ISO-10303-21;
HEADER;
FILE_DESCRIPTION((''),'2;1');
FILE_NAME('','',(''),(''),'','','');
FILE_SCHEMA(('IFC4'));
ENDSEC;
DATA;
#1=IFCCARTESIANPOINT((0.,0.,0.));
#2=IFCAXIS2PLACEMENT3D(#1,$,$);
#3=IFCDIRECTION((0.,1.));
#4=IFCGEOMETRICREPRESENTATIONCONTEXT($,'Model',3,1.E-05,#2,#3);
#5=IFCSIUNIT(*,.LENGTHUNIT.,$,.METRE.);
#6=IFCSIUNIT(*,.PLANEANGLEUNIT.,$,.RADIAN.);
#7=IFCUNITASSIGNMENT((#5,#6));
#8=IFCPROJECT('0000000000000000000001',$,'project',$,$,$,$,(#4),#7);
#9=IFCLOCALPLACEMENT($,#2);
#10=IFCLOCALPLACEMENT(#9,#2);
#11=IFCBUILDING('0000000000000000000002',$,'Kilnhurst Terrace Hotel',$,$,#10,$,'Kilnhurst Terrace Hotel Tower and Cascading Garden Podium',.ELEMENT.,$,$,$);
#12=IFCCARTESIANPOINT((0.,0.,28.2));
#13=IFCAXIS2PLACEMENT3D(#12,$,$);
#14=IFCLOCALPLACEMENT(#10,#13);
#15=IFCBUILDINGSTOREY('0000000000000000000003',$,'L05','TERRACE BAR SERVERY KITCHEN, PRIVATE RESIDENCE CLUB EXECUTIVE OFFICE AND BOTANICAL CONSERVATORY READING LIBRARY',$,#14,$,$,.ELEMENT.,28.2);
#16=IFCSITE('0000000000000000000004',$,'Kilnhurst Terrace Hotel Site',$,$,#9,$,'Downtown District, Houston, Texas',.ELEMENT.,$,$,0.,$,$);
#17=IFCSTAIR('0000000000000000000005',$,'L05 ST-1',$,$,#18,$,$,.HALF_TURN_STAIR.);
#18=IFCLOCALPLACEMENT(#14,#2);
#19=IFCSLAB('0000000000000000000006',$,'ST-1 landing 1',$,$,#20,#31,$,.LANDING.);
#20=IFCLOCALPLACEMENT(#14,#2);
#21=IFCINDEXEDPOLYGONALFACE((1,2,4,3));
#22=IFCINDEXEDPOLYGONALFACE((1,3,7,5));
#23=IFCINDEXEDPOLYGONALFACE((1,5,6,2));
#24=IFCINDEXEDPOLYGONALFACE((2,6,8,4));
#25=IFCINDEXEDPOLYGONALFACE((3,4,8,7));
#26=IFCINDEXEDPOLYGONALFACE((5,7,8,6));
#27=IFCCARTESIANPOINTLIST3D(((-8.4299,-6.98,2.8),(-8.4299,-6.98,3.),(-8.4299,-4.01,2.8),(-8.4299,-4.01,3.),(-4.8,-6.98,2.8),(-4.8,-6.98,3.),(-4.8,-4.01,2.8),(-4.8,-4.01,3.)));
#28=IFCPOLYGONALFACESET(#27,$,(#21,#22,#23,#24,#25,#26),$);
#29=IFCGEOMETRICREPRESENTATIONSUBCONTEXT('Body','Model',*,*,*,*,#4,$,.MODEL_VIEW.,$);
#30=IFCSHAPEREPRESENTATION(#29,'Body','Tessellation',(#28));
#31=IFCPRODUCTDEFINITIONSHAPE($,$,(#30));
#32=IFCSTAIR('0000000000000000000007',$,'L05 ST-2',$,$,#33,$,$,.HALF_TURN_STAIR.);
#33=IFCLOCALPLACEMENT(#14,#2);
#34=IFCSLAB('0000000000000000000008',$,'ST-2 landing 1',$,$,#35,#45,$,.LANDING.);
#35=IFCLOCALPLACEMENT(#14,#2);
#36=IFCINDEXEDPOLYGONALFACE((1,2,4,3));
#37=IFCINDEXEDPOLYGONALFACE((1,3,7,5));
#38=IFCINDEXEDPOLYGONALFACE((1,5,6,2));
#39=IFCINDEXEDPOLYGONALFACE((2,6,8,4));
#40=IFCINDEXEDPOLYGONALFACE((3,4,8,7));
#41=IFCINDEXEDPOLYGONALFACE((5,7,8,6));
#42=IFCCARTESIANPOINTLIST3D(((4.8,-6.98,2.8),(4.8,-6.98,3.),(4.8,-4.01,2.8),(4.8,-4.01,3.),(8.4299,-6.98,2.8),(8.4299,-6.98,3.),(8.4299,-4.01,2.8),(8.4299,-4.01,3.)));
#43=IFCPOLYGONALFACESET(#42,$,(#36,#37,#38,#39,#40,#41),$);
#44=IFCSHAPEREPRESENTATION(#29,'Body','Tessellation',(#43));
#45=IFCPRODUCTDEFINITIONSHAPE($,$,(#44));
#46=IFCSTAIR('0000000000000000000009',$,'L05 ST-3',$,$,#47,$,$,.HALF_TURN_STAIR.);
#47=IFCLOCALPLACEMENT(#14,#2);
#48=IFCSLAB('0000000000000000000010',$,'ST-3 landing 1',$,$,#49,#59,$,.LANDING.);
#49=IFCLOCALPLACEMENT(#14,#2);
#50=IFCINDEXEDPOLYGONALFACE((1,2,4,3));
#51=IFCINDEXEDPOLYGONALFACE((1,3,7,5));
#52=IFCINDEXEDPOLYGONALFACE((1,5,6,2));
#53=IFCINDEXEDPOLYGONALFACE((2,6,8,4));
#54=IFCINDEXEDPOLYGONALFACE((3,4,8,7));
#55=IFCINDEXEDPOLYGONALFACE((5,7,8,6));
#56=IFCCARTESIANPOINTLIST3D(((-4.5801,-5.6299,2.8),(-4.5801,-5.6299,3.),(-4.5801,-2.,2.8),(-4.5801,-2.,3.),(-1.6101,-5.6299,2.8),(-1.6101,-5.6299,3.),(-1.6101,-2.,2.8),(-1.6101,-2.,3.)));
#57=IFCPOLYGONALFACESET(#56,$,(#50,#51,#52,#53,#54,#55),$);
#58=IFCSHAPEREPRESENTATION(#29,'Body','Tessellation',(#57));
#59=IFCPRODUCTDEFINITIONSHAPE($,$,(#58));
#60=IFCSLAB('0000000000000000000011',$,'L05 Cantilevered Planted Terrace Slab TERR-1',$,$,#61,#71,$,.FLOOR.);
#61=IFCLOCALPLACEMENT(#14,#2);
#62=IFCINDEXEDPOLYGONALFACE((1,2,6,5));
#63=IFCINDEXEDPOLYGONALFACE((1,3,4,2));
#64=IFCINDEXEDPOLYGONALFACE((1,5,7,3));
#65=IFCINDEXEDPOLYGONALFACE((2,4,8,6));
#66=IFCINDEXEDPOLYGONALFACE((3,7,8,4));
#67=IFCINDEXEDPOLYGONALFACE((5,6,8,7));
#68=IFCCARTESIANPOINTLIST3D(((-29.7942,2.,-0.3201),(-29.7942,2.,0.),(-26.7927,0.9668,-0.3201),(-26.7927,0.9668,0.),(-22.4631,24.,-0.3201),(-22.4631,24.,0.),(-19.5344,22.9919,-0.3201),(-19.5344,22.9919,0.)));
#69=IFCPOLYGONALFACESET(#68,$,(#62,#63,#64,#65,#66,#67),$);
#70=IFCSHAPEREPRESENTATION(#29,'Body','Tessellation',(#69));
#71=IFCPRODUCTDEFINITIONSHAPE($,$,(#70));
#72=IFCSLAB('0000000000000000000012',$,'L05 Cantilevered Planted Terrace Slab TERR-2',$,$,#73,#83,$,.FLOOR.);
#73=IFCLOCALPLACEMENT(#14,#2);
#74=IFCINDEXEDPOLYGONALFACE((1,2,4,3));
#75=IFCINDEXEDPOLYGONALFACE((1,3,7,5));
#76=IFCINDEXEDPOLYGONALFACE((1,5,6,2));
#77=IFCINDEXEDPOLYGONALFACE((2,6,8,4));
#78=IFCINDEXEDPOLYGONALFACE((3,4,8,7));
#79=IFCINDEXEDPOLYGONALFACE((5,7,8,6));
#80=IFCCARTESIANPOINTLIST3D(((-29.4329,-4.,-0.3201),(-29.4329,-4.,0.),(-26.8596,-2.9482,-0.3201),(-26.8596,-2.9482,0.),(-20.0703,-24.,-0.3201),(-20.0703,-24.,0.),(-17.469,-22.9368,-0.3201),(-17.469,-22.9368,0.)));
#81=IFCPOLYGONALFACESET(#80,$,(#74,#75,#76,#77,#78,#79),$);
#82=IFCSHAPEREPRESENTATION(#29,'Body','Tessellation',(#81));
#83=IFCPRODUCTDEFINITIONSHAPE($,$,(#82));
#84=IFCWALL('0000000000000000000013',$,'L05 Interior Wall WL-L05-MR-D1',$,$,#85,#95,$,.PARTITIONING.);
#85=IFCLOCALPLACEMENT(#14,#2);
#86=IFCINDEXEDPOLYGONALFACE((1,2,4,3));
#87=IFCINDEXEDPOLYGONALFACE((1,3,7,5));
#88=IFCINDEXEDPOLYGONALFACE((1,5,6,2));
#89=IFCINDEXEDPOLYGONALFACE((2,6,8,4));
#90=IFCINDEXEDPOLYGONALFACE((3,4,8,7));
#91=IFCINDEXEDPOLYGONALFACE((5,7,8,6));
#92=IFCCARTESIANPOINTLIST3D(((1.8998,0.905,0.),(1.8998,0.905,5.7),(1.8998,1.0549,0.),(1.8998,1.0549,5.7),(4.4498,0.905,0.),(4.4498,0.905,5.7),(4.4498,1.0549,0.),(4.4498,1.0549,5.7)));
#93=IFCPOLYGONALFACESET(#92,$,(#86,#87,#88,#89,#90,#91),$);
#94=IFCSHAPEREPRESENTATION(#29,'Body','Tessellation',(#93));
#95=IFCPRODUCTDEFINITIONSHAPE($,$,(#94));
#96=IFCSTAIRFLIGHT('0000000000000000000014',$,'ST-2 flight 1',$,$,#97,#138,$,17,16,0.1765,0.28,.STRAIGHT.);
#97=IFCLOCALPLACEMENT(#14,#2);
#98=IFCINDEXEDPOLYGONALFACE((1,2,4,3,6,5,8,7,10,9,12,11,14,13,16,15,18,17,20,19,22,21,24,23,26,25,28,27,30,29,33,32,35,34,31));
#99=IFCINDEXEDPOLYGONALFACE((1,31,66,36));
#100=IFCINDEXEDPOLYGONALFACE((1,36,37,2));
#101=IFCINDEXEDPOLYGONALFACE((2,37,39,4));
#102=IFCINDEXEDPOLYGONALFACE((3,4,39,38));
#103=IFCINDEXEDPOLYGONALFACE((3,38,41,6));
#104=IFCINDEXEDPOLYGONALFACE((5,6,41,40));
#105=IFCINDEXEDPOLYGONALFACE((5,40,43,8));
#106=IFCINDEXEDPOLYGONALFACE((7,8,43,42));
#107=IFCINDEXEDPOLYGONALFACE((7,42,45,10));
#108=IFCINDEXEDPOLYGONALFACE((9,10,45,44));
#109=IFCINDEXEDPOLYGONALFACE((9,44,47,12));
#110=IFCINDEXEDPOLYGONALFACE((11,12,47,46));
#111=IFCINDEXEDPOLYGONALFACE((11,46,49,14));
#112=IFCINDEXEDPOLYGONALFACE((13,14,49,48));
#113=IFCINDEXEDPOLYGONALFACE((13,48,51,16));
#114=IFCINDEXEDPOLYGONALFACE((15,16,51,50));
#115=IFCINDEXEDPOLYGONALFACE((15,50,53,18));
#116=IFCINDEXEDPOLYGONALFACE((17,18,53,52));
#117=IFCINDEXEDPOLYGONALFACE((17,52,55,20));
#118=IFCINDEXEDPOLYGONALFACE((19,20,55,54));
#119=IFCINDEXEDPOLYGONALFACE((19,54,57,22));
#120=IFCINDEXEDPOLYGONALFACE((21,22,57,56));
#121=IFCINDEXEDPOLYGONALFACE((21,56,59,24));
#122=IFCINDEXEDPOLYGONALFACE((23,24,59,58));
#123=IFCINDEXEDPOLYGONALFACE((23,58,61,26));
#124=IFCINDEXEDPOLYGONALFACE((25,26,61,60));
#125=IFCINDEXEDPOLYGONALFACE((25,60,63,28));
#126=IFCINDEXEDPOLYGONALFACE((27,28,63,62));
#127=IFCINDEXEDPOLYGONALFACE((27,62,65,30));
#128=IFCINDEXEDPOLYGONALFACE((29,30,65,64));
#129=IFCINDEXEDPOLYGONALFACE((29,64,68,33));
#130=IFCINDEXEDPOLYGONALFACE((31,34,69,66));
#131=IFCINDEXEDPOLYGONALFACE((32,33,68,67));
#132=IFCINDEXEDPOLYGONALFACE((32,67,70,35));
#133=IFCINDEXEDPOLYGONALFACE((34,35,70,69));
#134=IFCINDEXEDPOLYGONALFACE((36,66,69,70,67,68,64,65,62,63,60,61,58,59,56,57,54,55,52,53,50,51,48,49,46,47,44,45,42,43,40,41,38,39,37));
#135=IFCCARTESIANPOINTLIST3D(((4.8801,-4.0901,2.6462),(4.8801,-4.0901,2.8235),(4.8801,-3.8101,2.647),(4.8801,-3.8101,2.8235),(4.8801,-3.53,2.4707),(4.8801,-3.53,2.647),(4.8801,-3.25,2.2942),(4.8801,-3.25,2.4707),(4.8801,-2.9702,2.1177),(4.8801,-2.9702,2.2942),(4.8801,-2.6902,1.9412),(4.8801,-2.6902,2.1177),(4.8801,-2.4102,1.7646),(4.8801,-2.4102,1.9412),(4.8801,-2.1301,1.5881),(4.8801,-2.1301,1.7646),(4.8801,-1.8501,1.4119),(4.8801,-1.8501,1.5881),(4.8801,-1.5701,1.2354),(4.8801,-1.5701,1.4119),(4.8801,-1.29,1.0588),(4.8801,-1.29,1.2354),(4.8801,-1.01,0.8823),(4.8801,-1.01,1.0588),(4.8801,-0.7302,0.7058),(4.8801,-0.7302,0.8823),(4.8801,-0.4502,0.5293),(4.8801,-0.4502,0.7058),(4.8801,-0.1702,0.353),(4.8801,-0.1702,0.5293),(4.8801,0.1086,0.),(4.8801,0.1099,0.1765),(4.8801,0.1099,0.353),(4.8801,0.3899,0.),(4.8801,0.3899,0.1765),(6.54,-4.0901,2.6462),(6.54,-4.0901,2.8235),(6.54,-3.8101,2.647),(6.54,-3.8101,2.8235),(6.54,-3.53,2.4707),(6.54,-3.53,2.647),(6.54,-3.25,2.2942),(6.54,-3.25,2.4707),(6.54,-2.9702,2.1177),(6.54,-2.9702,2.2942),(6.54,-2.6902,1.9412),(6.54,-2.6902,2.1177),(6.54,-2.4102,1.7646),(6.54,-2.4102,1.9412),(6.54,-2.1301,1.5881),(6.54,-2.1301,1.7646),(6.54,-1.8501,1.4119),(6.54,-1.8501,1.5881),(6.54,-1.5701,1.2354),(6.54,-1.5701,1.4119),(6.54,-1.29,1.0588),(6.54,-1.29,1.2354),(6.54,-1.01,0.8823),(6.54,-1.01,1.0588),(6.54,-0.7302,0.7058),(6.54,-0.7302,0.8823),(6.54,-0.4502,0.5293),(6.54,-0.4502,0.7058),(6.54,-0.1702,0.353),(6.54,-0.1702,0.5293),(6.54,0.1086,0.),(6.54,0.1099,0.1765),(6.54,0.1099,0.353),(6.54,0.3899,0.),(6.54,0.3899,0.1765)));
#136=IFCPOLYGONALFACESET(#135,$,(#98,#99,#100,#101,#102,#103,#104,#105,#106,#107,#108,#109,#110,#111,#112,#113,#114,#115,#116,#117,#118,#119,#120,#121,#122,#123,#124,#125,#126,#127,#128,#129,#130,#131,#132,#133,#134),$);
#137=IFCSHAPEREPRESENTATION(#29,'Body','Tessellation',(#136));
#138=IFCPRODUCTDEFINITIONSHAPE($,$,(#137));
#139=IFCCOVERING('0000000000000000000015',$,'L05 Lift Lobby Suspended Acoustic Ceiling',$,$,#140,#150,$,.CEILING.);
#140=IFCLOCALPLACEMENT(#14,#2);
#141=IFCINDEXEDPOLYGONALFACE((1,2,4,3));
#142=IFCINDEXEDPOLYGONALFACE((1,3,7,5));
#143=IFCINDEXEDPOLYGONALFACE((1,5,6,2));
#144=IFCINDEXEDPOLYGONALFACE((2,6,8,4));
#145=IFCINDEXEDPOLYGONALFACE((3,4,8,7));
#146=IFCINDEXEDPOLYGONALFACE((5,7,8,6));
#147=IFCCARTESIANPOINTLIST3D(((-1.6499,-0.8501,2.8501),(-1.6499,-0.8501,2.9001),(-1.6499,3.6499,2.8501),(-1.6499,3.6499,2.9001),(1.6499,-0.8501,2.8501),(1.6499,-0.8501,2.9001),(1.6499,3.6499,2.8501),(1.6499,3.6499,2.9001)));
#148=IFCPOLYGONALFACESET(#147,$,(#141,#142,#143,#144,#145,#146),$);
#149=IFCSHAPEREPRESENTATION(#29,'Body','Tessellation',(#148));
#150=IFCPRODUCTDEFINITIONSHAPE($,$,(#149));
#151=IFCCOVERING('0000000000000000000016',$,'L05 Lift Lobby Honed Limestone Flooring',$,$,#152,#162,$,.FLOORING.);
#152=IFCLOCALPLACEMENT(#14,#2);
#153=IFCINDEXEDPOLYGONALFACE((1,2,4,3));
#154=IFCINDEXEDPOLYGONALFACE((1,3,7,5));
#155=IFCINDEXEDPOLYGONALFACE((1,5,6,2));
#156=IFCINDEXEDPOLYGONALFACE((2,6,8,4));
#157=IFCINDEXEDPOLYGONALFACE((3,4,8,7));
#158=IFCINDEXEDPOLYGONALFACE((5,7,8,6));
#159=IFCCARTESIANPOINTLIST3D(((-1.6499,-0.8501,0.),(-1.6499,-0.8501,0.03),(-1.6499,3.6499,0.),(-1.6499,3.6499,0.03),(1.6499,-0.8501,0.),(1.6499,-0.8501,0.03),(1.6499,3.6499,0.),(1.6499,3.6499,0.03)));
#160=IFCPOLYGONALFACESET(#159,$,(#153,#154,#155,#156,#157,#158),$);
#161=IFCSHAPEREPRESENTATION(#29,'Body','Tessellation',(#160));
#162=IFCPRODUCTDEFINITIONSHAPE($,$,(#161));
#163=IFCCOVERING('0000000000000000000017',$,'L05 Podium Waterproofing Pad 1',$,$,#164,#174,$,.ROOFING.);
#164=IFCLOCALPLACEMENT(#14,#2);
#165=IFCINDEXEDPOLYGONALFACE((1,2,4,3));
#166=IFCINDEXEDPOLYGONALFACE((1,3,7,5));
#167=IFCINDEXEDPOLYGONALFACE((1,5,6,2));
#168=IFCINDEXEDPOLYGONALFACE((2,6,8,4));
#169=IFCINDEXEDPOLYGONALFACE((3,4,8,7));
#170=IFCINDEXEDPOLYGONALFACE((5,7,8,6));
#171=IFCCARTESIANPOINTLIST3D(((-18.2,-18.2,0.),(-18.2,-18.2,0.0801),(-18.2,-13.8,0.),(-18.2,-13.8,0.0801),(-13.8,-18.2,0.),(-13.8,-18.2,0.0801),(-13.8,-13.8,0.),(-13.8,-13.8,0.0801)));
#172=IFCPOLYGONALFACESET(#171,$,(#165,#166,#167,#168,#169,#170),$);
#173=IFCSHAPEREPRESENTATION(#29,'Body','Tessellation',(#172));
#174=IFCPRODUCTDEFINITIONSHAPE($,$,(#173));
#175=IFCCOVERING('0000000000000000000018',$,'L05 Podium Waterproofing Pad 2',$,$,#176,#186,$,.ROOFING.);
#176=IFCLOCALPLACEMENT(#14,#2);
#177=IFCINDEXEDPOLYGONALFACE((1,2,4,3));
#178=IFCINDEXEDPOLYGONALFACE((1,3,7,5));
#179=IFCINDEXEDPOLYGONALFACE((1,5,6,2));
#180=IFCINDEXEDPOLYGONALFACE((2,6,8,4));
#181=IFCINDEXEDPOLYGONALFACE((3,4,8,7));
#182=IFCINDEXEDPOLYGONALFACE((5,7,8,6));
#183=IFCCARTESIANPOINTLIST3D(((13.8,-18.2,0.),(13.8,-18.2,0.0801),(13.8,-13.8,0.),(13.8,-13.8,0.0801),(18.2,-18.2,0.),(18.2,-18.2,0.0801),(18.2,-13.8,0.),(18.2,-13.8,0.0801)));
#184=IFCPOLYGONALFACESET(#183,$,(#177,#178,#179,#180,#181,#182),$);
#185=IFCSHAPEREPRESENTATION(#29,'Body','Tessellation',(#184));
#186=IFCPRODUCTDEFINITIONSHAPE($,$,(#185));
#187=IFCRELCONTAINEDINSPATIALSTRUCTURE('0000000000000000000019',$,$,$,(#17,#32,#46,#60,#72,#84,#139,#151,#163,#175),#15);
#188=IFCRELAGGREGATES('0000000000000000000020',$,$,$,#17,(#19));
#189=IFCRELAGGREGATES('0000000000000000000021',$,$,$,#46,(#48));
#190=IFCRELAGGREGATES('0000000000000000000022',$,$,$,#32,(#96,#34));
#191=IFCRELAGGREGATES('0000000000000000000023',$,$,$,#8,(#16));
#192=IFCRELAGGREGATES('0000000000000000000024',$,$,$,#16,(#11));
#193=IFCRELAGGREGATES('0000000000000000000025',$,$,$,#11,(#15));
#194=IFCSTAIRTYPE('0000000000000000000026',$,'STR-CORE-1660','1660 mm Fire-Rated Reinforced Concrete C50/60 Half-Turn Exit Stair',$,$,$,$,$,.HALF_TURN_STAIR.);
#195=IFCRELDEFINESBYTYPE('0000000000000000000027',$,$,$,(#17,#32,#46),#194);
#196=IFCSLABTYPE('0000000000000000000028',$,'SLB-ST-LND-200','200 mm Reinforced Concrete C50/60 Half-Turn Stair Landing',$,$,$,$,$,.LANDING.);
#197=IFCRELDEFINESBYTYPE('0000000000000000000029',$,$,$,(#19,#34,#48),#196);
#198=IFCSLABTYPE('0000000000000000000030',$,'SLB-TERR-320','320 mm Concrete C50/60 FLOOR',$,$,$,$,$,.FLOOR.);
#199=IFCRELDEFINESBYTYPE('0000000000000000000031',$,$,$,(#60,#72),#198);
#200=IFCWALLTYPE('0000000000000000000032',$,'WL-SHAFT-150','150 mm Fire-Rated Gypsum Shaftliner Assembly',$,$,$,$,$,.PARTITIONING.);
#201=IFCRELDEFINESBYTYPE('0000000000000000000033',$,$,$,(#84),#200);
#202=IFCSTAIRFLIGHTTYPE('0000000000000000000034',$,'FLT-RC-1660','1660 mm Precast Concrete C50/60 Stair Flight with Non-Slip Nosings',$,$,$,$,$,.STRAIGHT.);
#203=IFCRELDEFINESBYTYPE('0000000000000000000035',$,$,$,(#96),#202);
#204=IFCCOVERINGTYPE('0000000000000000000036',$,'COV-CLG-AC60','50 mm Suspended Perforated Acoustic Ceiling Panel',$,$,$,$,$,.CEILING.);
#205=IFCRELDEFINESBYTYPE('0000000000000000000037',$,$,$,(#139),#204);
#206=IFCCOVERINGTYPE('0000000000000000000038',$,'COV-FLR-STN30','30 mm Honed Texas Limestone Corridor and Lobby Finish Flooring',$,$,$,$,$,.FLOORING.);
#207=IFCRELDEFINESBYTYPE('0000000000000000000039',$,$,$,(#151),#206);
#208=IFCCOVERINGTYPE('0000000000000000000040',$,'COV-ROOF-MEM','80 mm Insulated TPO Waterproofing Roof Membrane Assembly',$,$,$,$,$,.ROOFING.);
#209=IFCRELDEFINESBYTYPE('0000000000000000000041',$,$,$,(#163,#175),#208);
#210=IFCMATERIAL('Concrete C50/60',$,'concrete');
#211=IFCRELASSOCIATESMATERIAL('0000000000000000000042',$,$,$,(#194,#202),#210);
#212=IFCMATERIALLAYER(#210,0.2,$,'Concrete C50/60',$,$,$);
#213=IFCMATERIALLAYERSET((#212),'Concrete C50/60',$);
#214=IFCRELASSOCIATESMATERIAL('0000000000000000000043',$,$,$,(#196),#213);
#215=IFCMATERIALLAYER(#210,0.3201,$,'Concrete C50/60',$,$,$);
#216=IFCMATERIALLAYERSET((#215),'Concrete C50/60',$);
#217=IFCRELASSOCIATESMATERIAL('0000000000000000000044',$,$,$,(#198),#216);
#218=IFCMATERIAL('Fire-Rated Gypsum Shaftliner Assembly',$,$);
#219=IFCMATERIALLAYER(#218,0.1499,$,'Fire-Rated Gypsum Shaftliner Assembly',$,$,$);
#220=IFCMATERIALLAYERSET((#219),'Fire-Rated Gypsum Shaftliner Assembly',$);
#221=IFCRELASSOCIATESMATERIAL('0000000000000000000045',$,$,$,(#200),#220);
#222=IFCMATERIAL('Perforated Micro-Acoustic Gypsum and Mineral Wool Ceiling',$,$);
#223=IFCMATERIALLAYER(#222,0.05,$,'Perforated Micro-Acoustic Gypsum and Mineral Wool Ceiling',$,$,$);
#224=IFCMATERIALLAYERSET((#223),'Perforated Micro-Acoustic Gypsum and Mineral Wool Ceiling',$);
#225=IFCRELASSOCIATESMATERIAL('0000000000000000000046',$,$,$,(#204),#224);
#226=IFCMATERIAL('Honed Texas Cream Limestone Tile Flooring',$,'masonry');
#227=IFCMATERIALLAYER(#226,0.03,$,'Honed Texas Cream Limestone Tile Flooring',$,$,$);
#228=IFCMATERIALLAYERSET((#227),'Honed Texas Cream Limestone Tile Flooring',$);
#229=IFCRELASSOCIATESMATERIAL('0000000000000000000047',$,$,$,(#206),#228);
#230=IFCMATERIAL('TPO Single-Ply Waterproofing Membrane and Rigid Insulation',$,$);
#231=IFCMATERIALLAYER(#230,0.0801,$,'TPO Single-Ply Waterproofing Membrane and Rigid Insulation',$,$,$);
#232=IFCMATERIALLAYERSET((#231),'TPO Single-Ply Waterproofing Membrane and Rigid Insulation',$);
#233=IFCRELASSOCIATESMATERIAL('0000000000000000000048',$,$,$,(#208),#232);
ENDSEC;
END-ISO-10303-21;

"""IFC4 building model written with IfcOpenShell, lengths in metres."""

from ifc_helpers import new_model, si_unit, direction, frame, frame_2d, origin, place, context, subcontext, project, spatial, polyline, rectangle, outline, extrude, material, layer, layer_set, type_object, element, aggregate, save


model = new_model("IFC4")

# Units and contexts
model_context = context("Model", 3, precision=1e-05, world=origin(), true_north=direction((0.0, 1.0)))
body_context = subcontext(model_context, "Body", "Model", "MODEL_VIEW")
ifc_project = project(units=[si_unit("LENGTHUNIT", "METRE"), si_unit("PLANEANGLEUNIT", "RADIAN")], contexts=[model_context])

# Site, building, storey
site_placement = place(None, origin())
site = spatial("IfcSite", under=ifc_project, at=site_placement, Name="Kilnhurst Terrace Hotel Site", LongName="Downtown District, Houston, Texas", CompositionType="ELEMENT", RefElevation=0.0)
building_placement = place(site_placement, origin())
building = spatial("IfcBuilding", under=site, at=building_placement, Name="Kilnhurst Terrace Hotel", LongName="Kilnhurst Terrace Hotel Tower and Cascading Garden Podium", CompositionType="ELEMENT")
storey_placement = place(building_placement, frame((0.0, 0.0, 28.2)))
storey = spatial("IfcBuildingStorey", under=building, at=storey_placement, Name="L05", Description="TERRACE BAR SERVERY KITCHEN, PRIVATE RESIDENCE CLUB EXECUTIVE OFFICE AND BOTANICAL CONSERVATORY READING LIBRARY", CompositionType="ELEMENT", Elevation=28.2)

# Shared definitions
ifc_material_1 = material(Name="Concrete C50/60", Category="concrete")

# Stairs, slabs
stair_type = type_object("IfcStairType", Name="STR-CORE-1660", Description="1660 mm Fire-Rated Reinforced Concrete C50/60 Half-Turn Exit Stair", PredefinedType="HALF_TURN_STAIR", material=ifc_material_1)
stair_1_placement = place(storey_placement, origin())
stair_1 = element("IfcStair", 1, at=stair_1_placement, inside=storey, type_object=stair_type, Name="L05 ST-1", PredefinedType="HALF_TURN_STAIR")
ifc_layer_1 = layer(ifc_material_1, 0.2, Name="Concrete C50/60")
ifc_layer_set_1 = layer_set([ifc_layer_1], Name="Concrete C50/60")
slab_type_1 = type_object("IfcSlabType", Name="SLB-ST-LND-200", Description="200 mm Reinforced Concrete C50/60 Half-Turn Stair Landing", PredefinedType="LANDING", material=ifc_layer_set_1)
slab_1_placement = place(storey_placement, frame((0.0, 0.0, 2.8)))
slab_1 = element("IfcSlab", 2, at=slab_1_placement, type_object=slab_type_1, Name="ST-1 landing 1", PredefinedType="LANDING", context=body_context, shape_type="SweptSolid", body=[
    extrude(outline(polyline([(-8.4299, -4.01), (-4.8, -4.01), (-4.8, -6.98), (-8.4299, -6.98), (-8.4299, -4.01)])), origin(), (0.0, 0.0, 1.0), 0.2),
])
aggregate(stair_1, [slab_1])
stair_2_placement = place(storey_placement, origin())
stair_2 = element("IfcStair", 3, at=stair_2_placement, inside=storey, type_object=stair_type, Name="L05 ST-2", PredefinedType="HALF_TURN_STAIR")
slab_2_placement = place(storey_placement, frame((0.0, 0.0, 2.8)))
slab_2 = element("IfcSlab", 4, at=slab_2_placement, type_object=slab_type_1, Name="ST-2 landing 1", PredefinedType="LANDING", context=body_context, shape_type="SweptSolid", body=[
    extrude(outline(polyline([(4.8, -4.01), (8.4299, -4.01), (8.4299, -6.98), (4.8, -6.98), (4.8, -4.01)])), origin(), (0.0, 0.0, 1.0), 0.2),
])
stair_3_placement = place(storey_placement, origin())
stair_3 = element("IfcStair", 5, at=stair_3_placement, inside=storey, type_object=stair_type, Name="L05 ST-3", PredefinedType="HALF_TURN_STAIR")
slab_3_placement = place(storey_placement, frame((0.0, 0.0, 2.8)))
slab_3 = element("IfcSlab", 6, at=slab_3_placement, type_object=slab_type_1, Name="ST-3 landing 1", PredefinedType="LANDING", context=body_context, shape_type="SweptSolid", body=[
    extrude(outline(polyline([(-1.6101, -2.0), (-1.6101, -5.6299), (-4.5801, -5.6299), (-4.5801, -2.0), (-1.6101, -2.0)])), origin(), (0.0, 0.0, 1.0), 0.2),
])
aggregate(stair_3, [slab_3])

# Slabs
ifc_layer_2 = layer(ifc_material_1, 0.3201, Name="Concrete C50/60")
ifc_layer_set_2 = layer_set([ifc_layer_2], Name="Concrete C50/60")
slab_type_2 = type_object("IfcSlabType", Name="SLB-TERR-320", Description="320 mm Concrete C50/60 FLOOR", PredefinedType="FLOOR", material=ifc_layer_set_2)
slab_4_placement = place(storey_placement, frame((0.0, 0.0, -0.3201)))
element("IfcSlab", 7, at=slab_4_placement, inside=storey, type_object=slab_type_2, Name="L05 Cantilevered Planted Terrace Slab TERR-1", PredefinedType="FLOOR", context=body_context, shape_type="SweptSolid", body=[
    extrude(outline(polyline([(-22.4631, 24.0), (-19.5344, 22.9919), (-26.7927, 0.9668), (-29.7942, 2.0), (-22.4631, 24.0)])), origin(), (0.0, 0.0, 1.0), 0.3201),
])
slab_5_placement = place(storey_placement, frame((0.0, 0.0, -0.3201)))
element("IfcSlab", 8, at=slab_5_placement, inside=storey, type_object=slab_type_2, Name="L05 Cantilevered Planted Terrace Slab TERR-2", PredefinedType="FLOOR", context=body_context, shape_type="SweptSolid", body=[
    extrude(outline(polyline([(-26.8596, -2.9482), (-17.469, -22.9368), (-20.0703, -24.0), (-29.4329, -4.0), (-26.8596, -2.9482)])), origin(), (0.0, 0.0, 1.0), 0.3201),
])

# Wall
ifc_material_2 = material(Name="Fire-Rated Gypsum Shaftliner Assembly")
ifc_layer_3 = layer(ifc_material_2, 0.1499, Name="Fire-Rated Gypsum Shaftliner Assembly")
ifc_layer_set_3 = layer_set([ifc_layer_3], Name="Fire-Rated Gypsum Shaftliner Assembly")
wall_type = type_object("IfcWallType", Name="WL-SHAFT-150", Description="150 mm Fire-Rated Gypsum Shaftliner Assembly", PredefinedType="PARTITIONING", material=ifc_layer_set_3)
wall_placement = place(storey_placement, frame((1.8999, 0.98, 0.0), z_axis=(0.0, 0.0, 1.0), x_axis=(1.0, 0.0, 0.0)))
element("IfcWall", 9, at=wall_placement, inside=storey, type_object=wall_type, Name="L05 Interior Wall WL-L05-MR-D1", PredefinedType="PARTITIONING", context=body_context, shape_type="SweptSolid", body=[
    extrude(rectangle(XDim=2.55, YDim=0.1499, at=frame_2d((1.2749, 0.0))), origin(), (0.0, 0.0, 1.0), 5.7),
])

# Stair flight
stair_flight_type = type_object("IfcStairFlightType", Name="FLT-RC-1660", Description="1660 mm Precast Concrete C50/60 Stair Flight with Non-Slip Nosings", PredefinedType="STRAIGHT", material=ifc_material_1)
stair_flight_placement = place(storey_placement, frame((5.71, 0.3899, 0.0), z_axis=(0.0, 0.0, 1.0), x_axis=(0.0, -1.0, 0.0)))
stair_flight = element("IfcStairFlight", 10, at=stair_flight_placement, type_object=stair_flight_type, Name="ST-2 flight 1", NumberOfRisers=17, NumberOfTreads=16, PredefinedType="STRAIGHT", RiserHeight=0.1765, TreadLength=0.28, context=body_context, shape_type="SweptSolid", body=[
    extrude(outline(polyline([(0.0, 0.0), (0.0, 0.1765), (0.28, 0.1765), (0.28, 0.353), (0.5601, 0.353), (0.5601, 0.5293), (0.8401, 0.5293), (0.8401, 0.7058), (1.1201, 0.7058), (1.1201, 0.8823), (1.3999, 0.8823), (1.3999, 1.0588), (1.6799, 1.0588), (1.6799, 1.2354), (1.96, 1.2354), (1.96, 1.4119), (2.24, 1.4119), (2.24, 1.5881), (2.52, 1.5881), (2.52, 1.7646), (2.8, 1.7646), (2.8, 1.9412), (3.0801, 1.9412), (3.0801, 2.1177), (3.3601, 2.1177), (3.3601, 2.2942), (3.6399, 2.2942), (3.6399, 2.4707), (3.9199, 2.4707), (3.9199, 2.647), (4.2, 2.647), (4.2, 2.8235), (4.48, 2.8235), (4.48, 3.0), (4.48, 2.6462), (0.2812, 0.0), (0.0, 0.0)])), frame((0.0, 0.8301, 0.0), z_axis=(0.0, -1.0, 0.0), x_axis=(1.0, 0.0, 0.0)), (0.0, 0.0, 1.0), 1.6599),
])
aggregate(stair_2, [stair_flight, slab_2])

# Coverings
ifc_material_3 = material(Name="Perforated Micro-Acoustic Gypsum and Mineral Wool Ceiling")
ifc_layer_4 = layer(ifc_material_3, 0.05, Name="Perforated Micro-Acoustic Gypsum and Mineral Wool Ceiling")
ifc_layer_set_4 = layer_set([ifc_layer_4], Name="Perforated Micro-Acoustic Gypsum and Mineral Wool Ceiling")
covering_type_1 = type_object("IfcCoveringType", Name="COV-CLG-AC60", Description="50 mm Suspended Perforated Acoustic Ceiling Panel", PredefinedType="CEILING", material=ifc_layer_set_4)
covering_1_placement = place(storey_placement, frame((0.0, 0.0, 2.8501)))
element("IfcCovering", 11, at=covering_1_placement, inside=storey, type_object=covering_type_1, Name="L05 Lift Lobby Suspended Acoustic Ceiling", PredefinedType="CEILING", context=body_context, shape_type="SweptSolid", body=[
    extrude(outline(polyline([(-1.6499, -0.8501), (1.6499, -0.8501), (1.6499, 3.6499), (-1.6499, 3.6499), (-1.6499, -0.8501)])), origin(), (0.0, 0.0, 1.0), 0.05),
])
ifc_material_4 = material(Name="Honed Texas Cream Limestone Tile Flooring", Category="masonry")
ifc_layer_5 = layer(ifc_material_4, 0.03, Name="Honed Texas Cream Limestone Tile Flooring")
ifc_layer_set_5 = layer_set([ifc_layer_5], Name="Honed Texas Cream Limestone Tile Flooring")
covering_type_2 = type_object("IfcCoveringType", Name="COV-FLR-STN30", Description="30 mm Honed Texas Limestone Corridor and Lobby Finish Flooring", PredefinedType="FLOORING", material=ifc_layer_set_5)
covering_2_placement = place(storey_placement, origin())
element("IfcCovering", 12, at=covering_2_placement, inside=storey, type_object=covering_type_2, Name="L05 Lift Lobby Honed Limestone Flooring", PredefinedType="FLOORING", context=body_context, shape_type="SweptSolid", body=[
    extrude(outline(polyline([(-1.6499, -0.8501), (1.6499, -0.8501), (1.6499, 3.6499), (-1.6499, 3.6499), (-1.6499, -0.8501)])), origin(), (0.0, 0.0, 1.0), 0.03),
])
ifc_material_5 = material(Name="TPO Single-Ply Waterproofing Membrane and Rigid Insulation")
ifc_layer_6 = layer(ifc_material_5, 0.0801, Name="TPO Single-Ply Waterproofing Membrane and Rigid Insulation")
ifc_layer_set_6 = layer_set([ifc_layer_6], Name="TPO Single-Ply Waterproofing Membrane and Rigid Insulation")
covering_type_3 = type_object("IfcCoveringType", Name="COV-ROOF-MEM", Description="80 mm Insulated TPO Waterproofing Roof Membrane Assembly", PredefinedType="ROOFING", material=ifc_layer_set_6)
covering_3_placement = place(storey_placement, origin())
element("IfcCovering", 13, at=covering_3_placement, inside=storey, type_object=covering_type_3, Name="L05 Podium Waterproofing Pad 1", PredefinedType="ROOFING", context=body_context, shape_type="SweptSolid", body=[
    extrude(outline(polyline([(-18.2, -18.2), (-13.8, -18.2), (-13.8, -13.8), (-18.2, -13.8), (-18.2, -18.2)])), origin(), (0.0, 0.0, 1.0), 0.0801),
])
covering_4_placement = place(storey_placement, origin())
element("IfcCovering", 14, at=covering_4_placement, inside=storey, type_object=covering_type_3, Name="L05 Podium Waterproofing Pad 2", PredefinedType="ROOFING", context=body_context, shape_type="SweptSolid", body=[
    extrude(outline(polyline([(13.8, -18.2), (18.2, -18.2), (18.2, -13.8), (13.8, -13.8), (13.8, -18.2)])), origin(), (0.0, 0.0, 1.0), 0.0801),
])

save(model, "model.ifc")
